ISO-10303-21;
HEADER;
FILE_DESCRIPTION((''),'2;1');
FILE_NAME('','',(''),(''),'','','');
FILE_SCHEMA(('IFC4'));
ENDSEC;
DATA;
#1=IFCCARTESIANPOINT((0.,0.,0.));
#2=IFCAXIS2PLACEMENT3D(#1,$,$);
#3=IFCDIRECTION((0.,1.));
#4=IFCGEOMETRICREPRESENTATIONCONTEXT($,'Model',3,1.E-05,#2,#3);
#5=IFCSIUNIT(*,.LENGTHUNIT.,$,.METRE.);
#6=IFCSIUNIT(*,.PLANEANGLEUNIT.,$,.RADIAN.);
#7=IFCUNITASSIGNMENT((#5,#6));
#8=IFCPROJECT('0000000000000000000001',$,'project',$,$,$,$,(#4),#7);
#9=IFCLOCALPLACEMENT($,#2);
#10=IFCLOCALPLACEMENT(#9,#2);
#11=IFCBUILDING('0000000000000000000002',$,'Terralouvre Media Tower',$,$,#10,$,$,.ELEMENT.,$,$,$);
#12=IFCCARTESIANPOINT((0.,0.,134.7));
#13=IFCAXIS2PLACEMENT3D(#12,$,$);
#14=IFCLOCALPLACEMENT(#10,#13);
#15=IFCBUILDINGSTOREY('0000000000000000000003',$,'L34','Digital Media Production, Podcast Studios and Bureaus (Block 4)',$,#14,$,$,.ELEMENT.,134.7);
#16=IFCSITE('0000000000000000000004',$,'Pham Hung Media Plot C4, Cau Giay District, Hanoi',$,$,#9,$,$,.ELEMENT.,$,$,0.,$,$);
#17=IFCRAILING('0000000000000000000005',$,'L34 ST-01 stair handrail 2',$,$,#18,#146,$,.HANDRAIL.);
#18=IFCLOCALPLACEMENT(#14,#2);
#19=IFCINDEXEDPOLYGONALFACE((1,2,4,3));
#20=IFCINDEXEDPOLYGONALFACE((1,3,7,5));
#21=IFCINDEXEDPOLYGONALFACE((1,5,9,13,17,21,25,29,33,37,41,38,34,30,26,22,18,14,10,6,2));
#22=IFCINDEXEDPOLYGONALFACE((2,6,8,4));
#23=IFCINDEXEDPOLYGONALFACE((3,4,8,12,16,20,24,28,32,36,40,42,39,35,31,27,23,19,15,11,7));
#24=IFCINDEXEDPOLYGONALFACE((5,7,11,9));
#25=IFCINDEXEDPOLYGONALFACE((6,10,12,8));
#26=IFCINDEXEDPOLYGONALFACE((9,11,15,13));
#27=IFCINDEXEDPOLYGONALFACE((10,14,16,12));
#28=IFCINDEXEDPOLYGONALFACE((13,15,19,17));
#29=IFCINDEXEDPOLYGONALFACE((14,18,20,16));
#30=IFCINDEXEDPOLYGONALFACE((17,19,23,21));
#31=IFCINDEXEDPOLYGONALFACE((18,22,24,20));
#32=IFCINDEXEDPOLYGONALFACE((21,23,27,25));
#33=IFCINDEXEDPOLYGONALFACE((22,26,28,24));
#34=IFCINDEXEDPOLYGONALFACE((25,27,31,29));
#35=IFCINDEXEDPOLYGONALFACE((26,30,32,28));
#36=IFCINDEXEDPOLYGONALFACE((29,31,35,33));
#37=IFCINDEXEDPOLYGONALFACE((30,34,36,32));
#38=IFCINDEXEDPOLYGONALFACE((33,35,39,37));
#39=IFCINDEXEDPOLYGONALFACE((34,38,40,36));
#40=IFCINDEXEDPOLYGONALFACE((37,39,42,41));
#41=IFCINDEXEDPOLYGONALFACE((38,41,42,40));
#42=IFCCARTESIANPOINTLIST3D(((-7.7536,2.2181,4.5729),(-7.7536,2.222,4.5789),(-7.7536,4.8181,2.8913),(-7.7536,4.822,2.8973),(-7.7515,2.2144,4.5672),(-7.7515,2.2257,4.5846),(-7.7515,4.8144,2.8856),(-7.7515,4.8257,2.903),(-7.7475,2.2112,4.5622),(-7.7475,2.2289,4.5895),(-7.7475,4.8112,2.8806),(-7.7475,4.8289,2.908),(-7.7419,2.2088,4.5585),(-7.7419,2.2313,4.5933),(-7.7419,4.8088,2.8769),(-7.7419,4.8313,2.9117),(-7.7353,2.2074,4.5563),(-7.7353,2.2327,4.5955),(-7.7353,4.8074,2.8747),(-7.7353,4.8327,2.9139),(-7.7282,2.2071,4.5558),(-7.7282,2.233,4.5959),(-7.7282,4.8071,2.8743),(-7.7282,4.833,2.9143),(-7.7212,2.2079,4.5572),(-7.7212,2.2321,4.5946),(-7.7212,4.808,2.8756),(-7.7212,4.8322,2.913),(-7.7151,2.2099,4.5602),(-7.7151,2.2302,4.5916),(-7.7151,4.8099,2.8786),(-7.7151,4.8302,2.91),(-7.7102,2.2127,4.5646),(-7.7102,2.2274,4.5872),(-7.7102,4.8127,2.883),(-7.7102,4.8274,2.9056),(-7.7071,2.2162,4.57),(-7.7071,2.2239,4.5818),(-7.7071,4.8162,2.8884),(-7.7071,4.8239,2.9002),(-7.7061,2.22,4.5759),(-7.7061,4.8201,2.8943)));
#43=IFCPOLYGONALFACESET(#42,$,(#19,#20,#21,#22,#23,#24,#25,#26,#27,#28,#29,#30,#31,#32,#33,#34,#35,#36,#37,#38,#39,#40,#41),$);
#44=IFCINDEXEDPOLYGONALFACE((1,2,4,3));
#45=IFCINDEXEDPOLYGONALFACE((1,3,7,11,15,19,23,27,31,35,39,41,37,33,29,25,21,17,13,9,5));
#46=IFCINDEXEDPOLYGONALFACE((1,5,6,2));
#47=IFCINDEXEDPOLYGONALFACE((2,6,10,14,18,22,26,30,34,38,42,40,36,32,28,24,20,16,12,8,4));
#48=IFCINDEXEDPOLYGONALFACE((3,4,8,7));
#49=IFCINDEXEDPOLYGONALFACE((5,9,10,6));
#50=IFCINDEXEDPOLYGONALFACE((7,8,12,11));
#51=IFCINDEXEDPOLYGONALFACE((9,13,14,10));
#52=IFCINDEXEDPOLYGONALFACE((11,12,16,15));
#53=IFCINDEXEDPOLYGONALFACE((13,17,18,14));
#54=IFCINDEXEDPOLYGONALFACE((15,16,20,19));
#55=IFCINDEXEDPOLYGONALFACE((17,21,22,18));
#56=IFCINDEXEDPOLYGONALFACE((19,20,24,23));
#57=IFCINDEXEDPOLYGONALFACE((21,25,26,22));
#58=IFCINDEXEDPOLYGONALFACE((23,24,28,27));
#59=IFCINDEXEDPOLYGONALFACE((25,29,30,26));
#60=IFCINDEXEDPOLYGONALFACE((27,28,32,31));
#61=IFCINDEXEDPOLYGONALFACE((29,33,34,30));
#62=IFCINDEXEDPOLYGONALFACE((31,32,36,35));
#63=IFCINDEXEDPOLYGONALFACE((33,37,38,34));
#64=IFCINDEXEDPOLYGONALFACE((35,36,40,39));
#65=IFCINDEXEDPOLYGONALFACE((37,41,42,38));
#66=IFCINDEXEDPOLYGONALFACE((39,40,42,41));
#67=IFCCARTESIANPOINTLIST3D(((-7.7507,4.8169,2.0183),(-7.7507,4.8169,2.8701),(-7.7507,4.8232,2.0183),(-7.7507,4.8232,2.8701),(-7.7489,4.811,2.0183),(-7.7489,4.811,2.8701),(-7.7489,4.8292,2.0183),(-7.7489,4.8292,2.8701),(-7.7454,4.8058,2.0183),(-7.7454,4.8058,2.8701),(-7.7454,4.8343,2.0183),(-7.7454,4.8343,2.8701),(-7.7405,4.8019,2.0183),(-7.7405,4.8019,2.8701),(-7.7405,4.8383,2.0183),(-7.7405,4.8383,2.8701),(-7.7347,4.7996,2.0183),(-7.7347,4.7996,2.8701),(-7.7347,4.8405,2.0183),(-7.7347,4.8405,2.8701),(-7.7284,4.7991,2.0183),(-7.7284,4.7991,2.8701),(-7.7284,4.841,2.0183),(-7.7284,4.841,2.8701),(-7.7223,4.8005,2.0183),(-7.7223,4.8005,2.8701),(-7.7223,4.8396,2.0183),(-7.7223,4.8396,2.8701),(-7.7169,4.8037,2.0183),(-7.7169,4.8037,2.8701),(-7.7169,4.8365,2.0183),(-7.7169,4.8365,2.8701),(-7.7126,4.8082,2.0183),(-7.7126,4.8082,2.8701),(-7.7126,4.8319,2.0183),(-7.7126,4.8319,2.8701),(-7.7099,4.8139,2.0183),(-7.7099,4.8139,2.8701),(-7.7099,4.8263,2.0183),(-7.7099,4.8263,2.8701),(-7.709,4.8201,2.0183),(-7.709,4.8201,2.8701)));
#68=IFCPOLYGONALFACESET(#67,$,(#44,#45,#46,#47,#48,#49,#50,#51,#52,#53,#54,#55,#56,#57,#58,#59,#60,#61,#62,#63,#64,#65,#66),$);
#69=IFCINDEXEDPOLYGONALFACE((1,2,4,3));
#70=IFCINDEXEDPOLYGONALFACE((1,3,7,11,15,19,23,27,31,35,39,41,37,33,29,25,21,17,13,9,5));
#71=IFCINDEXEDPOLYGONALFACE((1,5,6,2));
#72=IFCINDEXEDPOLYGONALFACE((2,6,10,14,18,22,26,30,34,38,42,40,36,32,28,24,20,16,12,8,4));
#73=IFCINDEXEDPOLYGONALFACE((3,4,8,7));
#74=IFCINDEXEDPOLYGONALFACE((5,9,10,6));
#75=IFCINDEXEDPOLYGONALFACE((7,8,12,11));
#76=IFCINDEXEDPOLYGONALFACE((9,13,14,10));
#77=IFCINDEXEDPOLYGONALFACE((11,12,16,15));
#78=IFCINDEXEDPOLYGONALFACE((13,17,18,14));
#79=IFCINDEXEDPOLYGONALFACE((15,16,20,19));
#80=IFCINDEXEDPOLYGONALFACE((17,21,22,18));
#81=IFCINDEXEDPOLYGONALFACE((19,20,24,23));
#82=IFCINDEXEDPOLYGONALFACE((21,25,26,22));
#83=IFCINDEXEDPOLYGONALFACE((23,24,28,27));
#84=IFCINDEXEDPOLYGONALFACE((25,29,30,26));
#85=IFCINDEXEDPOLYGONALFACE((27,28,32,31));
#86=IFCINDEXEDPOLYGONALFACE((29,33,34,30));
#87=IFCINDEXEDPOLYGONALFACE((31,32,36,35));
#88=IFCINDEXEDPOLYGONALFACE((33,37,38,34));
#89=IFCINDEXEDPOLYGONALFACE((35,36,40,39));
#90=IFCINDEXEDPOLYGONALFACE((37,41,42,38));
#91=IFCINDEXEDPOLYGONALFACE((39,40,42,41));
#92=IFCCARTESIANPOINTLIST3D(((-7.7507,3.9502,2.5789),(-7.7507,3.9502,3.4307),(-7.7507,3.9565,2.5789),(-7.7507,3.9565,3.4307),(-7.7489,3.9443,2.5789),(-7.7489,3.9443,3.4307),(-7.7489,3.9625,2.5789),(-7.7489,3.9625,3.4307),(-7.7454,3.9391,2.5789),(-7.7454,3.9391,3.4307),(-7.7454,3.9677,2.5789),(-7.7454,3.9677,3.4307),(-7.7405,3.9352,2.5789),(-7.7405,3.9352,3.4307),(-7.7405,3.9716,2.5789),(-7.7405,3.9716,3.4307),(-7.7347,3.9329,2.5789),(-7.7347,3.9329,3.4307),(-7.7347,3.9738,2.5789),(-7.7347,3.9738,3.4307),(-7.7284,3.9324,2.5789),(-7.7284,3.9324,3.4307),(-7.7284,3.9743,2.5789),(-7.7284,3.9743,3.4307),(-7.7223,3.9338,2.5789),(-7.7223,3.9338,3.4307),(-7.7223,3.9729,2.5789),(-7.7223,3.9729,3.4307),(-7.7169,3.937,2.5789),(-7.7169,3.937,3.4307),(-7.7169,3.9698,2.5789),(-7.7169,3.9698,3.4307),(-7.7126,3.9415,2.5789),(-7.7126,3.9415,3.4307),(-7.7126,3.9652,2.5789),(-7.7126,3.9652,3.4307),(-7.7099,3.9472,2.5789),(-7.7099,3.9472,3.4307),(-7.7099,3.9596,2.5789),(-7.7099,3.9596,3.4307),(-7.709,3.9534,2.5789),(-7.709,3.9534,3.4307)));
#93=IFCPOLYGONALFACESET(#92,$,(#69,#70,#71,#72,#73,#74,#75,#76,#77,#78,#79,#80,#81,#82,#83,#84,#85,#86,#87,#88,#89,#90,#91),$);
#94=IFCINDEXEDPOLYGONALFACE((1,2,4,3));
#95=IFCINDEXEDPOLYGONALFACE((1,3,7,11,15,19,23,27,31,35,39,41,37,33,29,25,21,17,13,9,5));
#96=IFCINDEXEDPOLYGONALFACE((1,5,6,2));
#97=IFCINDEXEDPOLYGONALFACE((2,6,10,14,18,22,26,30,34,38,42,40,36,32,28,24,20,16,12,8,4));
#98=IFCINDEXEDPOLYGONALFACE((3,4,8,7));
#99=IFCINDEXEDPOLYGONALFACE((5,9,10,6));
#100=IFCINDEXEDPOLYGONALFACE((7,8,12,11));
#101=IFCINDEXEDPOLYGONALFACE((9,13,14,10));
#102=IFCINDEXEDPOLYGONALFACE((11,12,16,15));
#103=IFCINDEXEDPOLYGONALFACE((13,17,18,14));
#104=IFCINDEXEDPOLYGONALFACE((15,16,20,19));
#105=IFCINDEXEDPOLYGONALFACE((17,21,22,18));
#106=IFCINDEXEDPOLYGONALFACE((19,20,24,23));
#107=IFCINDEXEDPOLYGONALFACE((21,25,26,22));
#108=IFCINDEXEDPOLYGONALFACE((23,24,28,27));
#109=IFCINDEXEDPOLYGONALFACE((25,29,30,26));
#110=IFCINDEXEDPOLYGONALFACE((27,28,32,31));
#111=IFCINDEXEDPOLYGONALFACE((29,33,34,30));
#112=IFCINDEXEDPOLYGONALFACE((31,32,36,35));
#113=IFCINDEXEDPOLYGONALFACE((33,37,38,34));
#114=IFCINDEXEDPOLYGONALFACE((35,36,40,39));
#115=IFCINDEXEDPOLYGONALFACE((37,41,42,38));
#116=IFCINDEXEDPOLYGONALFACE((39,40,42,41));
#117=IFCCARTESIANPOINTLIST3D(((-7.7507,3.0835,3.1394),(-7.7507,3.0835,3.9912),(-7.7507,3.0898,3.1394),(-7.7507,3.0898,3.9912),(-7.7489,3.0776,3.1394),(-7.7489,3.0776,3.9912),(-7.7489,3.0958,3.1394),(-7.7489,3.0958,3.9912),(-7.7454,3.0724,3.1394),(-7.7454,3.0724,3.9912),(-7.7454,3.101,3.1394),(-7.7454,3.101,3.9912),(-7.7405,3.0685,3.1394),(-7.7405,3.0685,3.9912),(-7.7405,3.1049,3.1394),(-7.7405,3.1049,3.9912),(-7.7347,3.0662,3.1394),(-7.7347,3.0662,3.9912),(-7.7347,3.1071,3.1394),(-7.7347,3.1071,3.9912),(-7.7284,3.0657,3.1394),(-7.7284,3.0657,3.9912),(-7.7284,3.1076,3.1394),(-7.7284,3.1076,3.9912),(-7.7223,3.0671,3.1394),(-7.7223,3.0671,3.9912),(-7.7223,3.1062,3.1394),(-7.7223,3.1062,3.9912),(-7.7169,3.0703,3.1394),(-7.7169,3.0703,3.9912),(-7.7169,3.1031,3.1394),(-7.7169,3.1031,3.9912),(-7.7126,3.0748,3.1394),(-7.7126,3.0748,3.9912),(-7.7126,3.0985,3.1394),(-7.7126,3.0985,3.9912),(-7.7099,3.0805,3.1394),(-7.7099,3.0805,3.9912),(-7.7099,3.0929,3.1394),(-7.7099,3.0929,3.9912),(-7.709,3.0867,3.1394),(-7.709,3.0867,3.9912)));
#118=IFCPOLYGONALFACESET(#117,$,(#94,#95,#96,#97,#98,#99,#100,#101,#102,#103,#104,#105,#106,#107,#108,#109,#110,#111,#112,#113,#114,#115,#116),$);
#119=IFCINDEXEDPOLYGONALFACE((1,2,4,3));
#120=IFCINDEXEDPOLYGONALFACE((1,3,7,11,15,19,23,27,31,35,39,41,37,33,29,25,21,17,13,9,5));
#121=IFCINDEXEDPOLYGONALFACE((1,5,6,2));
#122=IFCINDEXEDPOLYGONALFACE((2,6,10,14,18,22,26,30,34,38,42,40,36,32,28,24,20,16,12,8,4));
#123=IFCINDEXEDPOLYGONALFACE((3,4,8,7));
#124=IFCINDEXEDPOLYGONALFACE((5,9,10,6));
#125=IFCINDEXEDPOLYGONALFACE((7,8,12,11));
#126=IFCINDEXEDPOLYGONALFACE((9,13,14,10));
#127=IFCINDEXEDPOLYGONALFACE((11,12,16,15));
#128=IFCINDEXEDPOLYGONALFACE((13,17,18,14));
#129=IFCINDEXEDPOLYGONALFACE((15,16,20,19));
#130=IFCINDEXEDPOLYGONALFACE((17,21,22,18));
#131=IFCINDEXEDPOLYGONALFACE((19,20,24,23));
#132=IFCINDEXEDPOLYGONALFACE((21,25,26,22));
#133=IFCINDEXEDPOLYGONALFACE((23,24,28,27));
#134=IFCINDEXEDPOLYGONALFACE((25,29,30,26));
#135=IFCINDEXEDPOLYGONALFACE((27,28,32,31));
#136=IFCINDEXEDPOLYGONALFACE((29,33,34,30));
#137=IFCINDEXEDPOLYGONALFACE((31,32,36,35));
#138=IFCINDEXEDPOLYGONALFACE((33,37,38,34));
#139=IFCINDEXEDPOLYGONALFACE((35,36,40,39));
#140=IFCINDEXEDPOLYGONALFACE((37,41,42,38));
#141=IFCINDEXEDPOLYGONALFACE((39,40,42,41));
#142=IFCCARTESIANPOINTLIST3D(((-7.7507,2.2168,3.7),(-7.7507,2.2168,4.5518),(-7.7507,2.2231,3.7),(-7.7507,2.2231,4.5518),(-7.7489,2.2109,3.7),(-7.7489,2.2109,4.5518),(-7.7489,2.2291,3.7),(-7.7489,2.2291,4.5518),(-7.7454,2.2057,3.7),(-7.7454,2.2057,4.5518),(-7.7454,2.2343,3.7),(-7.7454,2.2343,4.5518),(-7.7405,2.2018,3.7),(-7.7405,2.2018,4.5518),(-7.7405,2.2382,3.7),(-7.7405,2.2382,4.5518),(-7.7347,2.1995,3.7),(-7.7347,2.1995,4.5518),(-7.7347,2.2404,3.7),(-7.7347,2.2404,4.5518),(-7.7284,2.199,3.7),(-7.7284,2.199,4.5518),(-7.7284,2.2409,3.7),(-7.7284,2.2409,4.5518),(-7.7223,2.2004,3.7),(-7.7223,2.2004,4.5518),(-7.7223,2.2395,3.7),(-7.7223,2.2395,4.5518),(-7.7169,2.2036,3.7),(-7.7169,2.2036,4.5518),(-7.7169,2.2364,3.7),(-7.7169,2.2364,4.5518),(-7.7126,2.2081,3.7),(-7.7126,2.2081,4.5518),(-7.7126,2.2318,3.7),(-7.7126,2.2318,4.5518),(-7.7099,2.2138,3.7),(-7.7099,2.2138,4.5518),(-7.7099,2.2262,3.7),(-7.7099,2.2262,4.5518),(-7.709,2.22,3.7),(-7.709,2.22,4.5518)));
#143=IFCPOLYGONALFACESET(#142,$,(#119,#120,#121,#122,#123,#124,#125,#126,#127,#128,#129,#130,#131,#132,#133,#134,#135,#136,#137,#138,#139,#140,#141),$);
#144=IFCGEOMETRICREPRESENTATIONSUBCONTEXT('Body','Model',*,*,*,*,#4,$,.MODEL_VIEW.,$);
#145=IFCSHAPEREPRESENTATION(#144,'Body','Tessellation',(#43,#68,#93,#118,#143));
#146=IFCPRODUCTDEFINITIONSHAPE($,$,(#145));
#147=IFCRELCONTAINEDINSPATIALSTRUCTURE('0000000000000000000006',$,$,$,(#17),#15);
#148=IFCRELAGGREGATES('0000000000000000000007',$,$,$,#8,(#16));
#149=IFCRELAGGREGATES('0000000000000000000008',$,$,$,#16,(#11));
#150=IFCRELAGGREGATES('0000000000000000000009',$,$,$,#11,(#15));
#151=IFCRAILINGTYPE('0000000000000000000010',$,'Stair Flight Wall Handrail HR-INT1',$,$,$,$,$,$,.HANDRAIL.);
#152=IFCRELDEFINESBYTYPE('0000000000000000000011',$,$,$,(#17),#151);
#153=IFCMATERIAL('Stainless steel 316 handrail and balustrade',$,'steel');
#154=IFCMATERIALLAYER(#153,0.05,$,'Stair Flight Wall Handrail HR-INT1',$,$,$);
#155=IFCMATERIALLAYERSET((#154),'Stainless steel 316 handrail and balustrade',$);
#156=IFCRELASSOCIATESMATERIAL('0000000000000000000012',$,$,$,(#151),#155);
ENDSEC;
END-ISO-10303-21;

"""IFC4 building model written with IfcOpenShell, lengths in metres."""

from ifc_helpers import new_model, si_unit, direction, frame, origin, origin_2d, place, context, subcontext, project, spatial, circle, extrude, material, layer, layer_set, type_object, element, save


model = new_model("IFC4")

# Units and contexts
model_context = context("Model", 3, precision=1e-05, world=origin(), true_north=direction((0.0, 1.0)))
body_context = subcontext(model_context, "Body", "Model", "MODEL_VIEW")
ifc_project = project(units=[si_unit("LENGTHUNIT", "METRE"), si_unit("PLANEANGLEUNIT", "RADIAN")], contexts=[model_context])

# Site, building, storey
site_placement = place(None, origin())
site = spatial("IfcSite", under=ifc_project, at=site_placement, Name="Pham Hung Media Plot C4, Cau Giay District, Hanoi", CompositionType="ELEMENT", RefElevation=0.0)
building_placement = place(site_placement, origin())
building = spatial("IfcBuilding", under=site, at=building_placement, Name="Terralouvre Media Tower", CompositionType="ELEMENT")
storey_placement = place(building_placement, frame((0.0, 0.0, 134.7)))
storey = spatial("IfcBuildingStorey", under=building, at=storey_placement, Name="L34", Description="Digital Media Production, Podcast Studios and Bureaus (Block 4)", CompositionType="ELEMENT", Elevation=134.7)

# Railing
ifc_material_1 = material(Name="Stainless steel 316 handrail and balustrade", Category="steel")
ifc_layer_1 = layer(ifc_material_1, 0.05, Name="Stair Flight Wall Handrail HR-INT1")
ifc_layer_set_1 = layer_set([ifc_layer_1], Name="Stainless steel 316 handrail and balustrade")
railing_type_1 = type_object("IfcRailingType", Name="Stair Flight Wall Handrail HR-INT1", PredefinedType="HANDRAIL", material=ifc_layer_set_1)
railing_1_placement = place(storey_placement, frame((-7.73, 4.8201, 2.0183)))
element("IfcRailing", 1, at=railing_1_placement, inside=storey, type_object=railing_type_1, Name="L34 ST-01 stair handrail 2", PredefinedType="HANDRAIL", context=body_context, shape_type="SweptSolid", body=[
    extrude(circle(Radius=0.0239, at=origin_2d()), frame((0.0, 0.0, 0.876), z_axis=(0.0, -0.839684, 0.543075), x_axis=(1.0, 0.0, 0.0)), (0.0, 0.0, 1.0), 3.0964),
    extrude(circle(Radius=0.021, at=origin_2d()), origin(), (0.0, 0.0, 1.0), 0.8518),
    extrude(circle(Radius=0.021, at=origin_2d()), frame((0.0, -0.8667, 0.5605)), (0.0, 0.0, 1.0), 0.8518),
    extrude(circle(Radius=0.021, at=origin_2d()), frame((0.0, -1.7334, 1.1211)), (0.0, 0.0, 1.0), 0.8518),
    extrude(circle(Radius=0.021, at=origin_2d()), frame((0.0, -2.6001, 1.6816)), (0.0, 0.0, 1.0), 0.8518),
])

save(model, "model.ifc")
